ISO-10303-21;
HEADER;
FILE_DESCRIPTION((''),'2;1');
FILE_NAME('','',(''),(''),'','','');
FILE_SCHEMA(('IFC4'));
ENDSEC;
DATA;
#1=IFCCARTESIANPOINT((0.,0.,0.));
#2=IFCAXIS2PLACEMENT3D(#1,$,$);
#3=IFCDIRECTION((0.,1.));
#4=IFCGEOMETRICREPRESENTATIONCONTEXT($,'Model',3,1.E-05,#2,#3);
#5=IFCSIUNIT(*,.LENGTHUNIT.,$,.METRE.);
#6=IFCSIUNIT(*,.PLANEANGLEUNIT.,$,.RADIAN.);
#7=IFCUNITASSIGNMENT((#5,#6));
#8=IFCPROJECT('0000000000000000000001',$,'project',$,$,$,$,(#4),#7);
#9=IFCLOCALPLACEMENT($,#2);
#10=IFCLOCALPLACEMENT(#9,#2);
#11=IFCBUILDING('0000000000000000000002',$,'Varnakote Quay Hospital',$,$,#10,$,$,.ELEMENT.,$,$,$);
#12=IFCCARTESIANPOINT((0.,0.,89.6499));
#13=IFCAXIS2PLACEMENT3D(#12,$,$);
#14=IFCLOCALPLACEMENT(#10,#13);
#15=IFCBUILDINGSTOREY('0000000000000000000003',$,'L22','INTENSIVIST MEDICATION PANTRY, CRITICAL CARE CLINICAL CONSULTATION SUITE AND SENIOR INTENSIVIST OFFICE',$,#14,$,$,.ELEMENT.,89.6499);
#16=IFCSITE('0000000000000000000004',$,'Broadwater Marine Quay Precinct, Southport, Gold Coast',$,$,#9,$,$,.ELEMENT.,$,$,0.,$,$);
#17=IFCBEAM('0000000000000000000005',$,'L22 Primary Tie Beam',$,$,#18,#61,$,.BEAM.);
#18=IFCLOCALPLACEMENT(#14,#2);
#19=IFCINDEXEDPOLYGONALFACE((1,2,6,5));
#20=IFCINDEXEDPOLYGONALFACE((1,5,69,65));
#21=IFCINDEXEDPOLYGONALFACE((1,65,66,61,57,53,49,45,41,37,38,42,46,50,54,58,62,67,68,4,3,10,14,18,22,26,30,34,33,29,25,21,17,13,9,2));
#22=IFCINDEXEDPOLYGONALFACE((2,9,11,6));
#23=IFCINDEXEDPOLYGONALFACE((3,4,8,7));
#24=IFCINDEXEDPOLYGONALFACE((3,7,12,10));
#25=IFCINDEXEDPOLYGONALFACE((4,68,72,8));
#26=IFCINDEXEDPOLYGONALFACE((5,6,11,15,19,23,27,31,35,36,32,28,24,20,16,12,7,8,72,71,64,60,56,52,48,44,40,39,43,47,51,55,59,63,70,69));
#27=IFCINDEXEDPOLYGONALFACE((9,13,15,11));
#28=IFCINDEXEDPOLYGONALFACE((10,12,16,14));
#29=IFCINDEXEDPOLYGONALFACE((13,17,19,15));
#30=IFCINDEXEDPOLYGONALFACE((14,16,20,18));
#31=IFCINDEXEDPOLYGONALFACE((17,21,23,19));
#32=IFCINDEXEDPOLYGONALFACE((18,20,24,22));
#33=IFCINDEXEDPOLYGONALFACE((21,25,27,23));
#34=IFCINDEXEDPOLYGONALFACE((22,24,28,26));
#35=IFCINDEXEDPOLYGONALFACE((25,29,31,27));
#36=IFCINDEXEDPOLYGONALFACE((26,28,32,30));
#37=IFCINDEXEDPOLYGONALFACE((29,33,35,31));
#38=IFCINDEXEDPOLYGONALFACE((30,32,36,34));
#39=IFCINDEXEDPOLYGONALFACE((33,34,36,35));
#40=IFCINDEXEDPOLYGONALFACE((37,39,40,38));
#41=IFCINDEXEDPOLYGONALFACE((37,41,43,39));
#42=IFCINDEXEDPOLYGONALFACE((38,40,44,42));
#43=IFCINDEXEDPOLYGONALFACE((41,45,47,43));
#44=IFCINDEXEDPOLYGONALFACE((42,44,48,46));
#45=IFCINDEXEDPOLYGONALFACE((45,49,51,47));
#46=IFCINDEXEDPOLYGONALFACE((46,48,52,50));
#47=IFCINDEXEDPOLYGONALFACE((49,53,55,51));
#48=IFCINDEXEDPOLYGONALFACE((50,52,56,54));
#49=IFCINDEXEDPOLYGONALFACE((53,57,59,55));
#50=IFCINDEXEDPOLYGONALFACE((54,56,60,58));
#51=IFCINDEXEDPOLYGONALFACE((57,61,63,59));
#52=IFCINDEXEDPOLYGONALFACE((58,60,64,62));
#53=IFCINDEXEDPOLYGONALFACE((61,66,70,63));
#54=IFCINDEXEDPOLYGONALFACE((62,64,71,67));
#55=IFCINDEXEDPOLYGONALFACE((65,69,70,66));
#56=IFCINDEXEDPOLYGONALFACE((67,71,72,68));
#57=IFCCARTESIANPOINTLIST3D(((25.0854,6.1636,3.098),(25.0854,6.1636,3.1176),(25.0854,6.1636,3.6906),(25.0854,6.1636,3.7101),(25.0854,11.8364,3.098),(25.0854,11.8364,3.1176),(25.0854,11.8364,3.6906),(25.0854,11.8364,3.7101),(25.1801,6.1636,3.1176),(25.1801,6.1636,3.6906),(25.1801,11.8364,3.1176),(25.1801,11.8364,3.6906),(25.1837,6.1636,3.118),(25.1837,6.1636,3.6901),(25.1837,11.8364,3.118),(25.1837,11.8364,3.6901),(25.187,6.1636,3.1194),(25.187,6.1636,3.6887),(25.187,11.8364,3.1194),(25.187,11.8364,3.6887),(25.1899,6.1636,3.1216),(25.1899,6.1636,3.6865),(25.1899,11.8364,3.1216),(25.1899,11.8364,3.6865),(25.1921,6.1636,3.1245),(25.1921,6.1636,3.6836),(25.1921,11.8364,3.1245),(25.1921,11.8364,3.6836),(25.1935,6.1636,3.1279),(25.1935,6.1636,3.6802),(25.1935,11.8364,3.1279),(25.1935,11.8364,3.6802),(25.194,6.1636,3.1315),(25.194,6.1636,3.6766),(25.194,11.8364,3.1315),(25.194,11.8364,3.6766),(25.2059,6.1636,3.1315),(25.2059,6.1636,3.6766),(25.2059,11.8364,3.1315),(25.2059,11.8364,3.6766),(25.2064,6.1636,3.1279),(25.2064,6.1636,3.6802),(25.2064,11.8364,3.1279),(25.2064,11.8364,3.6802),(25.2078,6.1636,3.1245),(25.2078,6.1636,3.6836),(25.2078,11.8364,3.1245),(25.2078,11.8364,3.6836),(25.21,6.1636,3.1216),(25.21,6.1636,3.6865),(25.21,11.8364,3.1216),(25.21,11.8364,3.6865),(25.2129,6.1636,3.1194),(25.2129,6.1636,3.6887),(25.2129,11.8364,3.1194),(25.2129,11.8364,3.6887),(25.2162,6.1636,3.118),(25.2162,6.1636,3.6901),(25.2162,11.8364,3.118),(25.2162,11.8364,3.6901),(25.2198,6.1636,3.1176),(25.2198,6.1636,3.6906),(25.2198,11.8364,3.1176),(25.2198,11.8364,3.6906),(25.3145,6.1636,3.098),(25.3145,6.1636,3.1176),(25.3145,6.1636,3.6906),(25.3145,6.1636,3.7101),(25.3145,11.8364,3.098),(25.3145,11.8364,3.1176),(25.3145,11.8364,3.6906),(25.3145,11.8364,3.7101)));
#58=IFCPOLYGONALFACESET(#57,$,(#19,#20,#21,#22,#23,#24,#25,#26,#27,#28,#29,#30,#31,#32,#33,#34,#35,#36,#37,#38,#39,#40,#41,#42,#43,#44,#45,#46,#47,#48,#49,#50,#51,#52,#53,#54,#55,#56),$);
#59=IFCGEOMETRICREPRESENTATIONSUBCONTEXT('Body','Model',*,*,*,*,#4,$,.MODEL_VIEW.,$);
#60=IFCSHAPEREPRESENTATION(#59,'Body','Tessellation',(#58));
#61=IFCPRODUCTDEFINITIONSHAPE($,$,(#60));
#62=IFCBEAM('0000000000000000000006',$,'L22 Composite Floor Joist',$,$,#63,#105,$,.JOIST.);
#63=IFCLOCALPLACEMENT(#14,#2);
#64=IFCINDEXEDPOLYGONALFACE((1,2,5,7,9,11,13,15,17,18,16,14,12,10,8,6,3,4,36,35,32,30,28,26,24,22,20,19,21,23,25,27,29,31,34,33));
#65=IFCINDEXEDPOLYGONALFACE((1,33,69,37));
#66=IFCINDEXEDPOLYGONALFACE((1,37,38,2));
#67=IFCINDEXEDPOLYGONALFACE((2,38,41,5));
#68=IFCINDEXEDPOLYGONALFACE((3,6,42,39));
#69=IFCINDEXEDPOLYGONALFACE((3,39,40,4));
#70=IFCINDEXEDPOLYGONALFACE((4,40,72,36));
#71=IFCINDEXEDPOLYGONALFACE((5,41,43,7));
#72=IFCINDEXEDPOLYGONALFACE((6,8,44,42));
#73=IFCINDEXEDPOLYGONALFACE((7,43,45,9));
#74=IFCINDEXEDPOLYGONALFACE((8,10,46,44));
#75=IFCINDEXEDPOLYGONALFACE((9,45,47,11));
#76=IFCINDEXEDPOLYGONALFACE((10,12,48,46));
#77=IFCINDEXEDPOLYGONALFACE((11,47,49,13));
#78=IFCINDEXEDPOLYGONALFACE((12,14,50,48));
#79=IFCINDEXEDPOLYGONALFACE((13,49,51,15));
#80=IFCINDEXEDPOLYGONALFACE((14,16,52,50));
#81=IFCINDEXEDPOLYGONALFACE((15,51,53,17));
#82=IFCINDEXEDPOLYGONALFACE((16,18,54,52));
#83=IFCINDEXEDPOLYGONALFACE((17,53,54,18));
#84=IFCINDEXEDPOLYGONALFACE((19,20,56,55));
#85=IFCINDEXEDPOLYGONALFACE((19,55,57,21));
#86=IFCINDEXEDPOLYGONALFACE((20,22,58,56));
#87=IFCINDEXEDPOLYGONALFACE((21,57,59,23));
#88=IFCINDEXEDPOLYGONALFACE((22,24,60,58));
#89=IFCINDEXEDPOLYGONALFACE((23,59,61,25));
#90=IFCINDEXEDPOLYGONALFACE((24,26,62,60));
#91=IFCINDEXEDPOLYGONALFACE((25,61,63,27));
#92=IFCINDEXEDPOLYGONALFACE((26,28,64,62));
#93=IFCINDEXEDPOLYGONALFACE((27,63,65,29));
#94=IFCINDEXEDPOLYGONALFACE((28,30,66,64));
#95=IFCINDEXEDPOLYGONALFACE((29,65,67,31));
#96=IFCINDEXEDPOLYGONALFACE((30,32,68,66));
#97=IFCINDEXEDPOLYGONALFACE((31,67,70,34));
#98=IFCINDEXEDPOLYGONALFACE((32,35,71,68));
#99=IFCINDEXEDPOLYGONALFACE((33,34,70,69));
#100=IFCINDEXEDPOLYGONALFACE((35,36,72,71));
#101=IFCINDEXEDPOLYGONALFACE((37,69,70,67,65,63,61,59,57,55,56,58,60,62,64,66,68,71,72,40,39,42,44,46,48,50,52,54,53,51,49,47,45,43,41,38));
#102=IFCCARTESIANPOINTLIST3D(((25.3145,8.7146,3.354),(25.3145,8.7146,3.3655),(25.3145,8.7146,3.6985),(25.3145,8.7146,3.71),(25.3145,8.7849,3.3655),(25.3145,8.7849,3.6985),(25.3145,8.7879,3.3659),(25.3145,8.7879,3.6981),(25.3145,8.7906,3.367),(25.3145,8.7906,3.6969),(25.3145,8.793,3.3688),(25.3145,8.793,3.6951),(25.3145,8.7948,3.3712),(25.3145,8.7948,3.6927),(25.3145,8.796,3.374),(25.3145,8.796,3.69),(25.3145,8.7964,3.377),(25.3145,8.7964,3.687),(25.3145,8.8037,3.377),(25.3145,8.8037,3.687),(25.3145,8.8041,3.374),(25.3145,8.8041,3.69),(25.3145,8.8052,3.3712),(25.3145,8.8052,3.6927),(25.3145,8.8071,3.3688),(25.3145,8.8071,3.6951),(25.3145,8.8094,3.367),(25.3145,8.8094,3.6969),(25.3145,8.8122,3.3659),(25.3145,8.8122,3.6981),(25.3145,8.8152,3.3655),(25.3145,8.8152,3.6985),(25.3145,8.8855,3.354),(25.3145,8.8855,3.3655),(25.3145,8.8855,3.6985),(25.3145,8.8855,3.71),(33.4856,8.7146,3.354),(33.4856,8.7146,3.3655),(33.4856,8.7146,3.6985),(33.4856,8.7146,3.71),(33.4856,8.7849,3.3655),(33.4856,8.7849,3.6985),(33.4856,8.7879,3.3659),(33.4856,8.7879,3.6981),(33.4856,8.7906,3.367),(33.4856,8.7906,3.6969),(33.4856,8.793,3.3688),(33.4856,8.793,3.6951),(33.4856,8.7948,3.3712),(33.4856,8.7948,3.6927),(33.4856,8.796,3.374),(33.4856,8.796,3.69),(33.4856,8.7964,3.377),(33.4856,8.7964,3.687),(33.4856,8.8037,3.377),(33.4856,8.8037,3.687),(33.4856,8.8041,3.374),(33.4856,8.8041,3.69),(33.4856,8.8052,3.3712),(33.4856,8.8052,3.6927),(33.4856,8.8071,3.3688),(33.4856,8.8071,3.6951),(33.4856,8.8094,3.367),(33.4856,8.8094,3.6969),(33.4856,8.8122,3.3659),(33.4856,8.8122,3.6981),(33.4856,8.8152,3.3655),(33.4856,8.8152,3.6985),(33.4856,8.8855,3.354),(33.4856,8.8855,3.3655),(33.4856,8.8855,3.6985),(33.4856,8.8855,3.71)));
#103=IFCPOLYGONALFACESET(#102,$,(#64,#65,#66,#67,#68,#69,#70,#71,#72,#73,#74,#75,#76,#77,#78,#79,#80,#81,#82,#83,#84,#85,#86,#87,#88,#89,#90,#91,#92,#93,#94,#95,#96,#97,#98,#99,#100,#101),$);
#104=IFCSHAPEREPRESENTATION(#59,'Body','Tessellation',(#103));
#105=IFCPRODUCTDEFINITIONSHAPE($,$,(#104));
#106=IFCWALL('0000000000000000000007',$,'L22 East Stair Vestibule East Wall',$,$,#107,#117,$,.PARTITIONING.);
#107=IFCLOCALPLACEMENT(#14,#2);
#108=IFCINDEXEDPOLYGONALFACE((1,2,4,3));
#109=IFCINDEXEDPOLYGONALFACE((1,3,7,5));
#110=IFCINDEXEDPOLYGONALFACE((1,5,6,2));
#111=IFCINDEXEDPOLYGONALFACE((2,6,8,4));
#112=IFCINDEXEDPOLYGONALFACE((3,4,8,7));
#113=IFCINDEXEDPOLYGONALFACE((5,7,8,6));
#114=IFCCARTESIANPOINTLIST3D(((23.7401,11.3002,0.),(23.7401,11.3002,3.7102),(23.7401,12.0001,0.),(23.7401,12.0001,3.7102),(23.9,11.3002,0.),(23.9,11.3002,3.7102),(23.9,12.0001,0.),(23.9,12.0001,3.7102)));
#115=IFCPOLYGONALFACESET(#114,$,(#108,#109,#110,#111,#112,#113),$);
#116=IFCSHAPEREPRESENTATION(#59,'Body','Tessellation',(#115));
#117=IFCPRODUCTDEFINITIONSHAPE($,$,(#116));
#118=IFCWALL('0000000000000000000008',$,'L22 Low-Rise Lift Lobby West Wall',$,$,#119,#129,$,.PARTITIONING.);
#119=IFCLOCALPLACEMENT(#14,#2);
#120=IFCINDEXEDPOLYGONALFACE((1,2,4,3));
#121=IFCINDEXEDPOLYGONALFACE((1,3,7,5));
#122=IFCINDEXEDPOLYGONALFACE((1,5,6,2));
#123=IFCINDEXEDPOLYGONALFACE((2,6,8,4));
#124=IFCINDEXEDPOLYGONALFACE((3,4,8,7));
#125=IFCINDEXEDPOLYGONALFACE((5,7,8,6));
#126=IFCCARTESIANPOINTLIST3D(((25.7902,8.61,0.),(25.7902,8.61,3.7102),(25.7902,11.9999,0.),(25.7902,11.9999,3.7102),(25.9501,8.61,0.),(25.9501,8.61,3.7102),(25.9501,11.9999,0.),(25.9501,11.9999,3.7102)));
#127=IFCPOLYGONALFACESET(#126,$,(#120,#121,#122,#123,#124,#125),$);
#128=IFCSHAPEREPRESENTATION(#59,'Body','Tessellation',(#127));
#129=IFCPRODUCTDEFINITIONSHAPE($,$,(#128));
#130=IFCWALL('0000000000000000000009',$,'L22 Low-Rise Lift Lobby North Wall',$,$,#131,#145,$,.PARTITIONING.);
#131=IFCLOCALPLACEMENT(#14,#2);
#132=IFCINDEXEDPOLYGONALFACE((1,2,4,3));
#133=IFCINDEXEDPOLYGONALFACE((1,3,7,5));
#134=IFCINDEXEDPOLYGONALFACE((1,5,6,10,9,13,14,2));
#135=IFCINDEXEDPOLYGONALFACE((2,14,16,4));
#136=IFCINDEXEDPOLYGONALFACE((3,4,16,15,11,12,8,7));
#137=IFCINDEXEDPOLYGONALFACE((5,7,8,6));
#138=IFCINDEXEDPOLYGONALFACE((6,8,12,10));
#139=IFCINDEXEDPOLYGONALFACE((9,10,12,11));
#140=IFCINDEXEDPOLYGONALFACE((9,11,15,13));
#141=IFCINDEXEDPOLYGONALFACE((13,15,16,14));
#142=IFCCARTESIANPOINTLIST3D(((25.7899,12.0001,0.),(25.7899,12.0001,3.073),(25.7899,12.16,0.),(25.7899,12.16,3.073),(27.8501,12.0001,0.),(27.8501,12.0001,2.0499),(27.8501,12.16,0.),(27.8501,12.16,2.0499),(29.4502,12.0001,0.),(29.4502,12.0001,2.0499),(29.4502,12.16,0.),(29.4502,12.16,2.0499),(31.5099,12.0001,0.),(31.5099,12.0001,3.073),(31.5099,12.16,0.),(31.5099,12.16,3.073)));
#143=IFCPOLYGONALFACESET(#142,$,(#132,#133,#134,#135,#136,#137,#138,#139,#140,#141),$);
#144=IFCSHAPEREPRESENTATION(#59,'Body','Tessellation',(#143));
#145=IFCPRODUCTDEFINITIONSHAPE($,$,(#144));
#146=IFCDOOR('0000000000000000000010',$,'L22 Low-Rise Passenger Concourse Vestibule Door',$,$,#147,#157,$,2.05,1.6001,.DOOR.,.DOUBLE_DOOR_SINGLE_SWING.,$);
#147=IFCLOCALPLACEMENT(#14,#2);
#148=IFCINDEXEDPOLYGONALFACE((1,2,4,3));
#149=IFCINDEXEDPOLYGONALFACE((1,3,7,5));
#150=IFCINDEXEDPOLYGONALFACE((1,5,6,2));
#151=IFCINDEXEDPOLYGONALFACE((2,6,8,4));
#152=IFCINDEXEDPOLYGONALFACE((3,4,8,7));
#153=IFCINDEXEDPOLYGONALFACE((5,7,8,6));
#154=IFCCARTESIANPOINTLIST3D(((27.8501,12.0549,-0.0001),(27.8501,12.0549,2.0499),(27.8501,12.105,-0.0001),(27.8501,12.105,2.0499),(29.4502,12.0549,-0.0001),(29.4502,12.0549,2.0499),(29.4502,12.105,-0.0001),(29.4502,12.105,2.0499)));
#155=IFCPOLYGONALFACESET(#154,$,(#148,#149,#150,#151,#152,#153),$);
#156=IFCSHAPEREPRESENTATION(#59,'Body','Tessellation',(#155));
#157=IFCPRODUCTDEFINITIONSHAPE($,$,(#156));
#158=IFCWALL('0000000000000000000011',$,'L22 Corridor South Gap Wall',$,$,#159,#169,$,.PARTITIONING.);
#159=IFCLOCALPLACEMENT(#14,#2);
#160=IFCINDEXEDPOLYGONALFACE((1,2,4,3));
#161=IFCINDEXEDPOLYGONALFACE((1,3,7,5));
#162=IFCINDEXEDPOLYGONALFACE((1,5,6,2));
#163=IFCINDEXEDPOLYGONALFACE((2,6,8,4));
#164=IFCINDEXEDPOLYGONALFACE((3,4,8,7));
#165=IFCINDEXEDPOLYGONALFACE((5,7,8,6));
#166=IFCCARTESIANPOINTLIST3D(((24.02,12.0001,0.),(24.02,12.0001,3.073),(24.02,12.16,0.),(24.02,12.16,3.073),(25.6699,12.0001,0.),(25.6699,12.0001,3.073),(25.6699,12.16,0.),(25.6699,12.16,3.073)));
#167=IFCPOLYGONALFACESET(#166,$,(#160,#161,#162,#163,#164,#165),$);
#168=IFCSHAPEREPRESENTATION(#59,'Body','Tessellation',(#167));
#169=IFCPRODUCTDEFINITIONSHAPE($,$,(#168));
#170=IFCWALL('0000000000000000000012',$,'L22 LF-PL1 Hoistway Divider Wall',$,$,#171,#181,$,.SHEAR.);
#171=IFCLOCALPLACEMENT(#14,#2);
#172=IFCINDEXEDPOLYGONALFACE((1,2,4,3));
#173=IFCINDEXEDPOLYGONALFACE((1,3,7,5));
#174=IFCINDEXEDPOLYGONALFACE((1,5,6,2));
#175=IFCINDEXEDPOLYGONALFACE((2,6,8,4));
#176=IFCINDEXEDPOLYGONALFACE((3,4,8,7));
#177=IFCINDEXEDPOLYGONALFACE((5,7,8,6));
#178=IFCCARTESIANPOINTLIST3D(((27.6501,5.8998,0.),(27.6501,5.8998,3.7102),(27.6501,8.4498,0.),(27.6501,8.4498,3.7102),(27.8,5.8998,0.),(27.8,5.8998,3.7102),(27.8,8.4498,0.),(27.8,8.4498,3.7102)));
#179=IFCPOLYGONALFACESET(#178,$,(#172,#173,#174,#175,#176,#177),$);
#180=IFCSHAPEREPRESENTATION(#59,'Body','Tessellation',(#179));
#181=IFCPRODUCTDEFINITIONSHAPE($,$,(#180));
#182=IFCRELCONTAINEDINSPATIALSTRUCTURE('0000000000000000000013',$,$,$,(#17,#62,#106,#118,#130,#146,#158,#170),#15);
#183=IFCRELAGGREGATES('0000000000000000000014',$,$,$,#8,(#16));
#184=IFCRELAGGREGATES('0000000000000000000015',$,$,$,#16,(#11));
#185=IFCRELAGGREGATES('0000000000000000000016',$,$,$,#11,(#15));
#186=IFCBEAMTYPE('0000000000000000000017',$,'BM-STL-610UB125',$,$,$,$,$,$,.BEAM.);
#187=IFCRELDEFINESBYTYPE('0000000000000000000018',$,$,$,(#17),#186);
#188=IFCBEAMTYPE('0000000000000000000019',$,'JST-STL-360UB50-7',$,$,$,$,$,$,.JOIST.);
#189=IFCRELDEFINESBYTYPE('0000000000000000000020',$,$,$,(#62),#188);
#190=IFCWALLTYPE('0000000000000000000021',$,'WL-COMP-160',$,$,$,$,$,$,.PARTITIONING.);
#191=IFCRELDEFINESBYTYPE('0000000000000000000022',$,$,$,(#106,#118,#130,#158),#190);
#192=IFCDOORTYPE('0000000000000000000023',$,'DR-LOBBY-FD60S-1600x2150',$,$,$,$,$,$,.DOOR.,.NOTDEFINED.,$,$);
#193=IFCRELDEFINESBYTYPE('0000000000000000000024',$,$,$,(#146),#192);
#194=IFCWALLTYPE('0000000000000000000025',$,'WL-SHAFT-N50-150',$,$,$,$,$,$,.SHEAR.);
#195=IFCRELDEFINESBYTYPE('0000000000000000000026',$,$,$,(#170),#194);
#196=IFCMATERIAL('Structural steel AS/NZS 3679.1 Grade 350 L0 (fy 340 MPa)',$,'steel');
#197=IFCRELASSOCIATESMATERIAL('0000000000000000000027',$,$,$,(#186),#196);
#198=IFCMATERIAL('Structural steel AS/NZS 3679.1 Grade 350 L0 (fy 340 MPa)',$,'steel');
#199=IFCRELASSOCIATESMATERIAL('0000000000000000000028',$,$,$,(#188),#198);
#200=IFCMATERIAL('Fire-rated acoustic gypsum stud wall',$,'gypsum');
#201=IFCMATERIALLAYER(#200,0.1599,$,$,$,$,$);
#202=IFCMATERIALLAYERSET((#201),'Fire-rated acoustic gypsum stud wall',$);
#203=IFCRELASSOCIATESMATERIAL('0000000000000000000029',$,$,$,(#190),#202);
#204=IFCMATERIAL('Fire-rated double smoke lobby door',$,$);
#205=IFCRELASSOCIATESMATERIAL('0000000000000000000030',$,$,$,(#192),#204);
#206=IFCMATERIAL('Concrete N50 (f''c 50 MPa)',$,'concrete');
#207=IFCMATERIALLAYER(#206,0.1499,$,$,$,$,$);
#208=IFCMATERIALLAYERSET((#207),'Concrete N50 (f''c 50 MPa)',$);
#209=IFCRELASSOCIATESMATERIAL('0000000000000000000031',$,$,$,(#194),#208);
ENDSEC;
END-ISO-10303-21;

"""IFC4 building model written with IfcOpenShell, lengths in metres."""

from ifc_helpers import new_model, si_unit, direction, frame, frame_2d, origin, origin_2d, place, context, subcontext, project, spatial, rectangle, i_section, extrude, material, layer, layer_set, material_profile, profile_set, type_object, element, fill, save


model = new_model("IFC4")

# Units and contexts
model_context = context("Model", 3, precision=1e-05, world=origin(), true_north=direction((0.0, 1.0)))
body_context = subcontext(model_context, "Body", "Model", "MODEL_VIEW")
ifc_project = project(units=[si_unit("LENGTHUNIT", "METRE"), si_unit("PLANEANGLEUNIT", "RADIAN")], contexts=[model_context])

# Site, building, storey
site_placement = place(None, origin())
site = spatial("IfcSite", under=ifc_project, at=site_placement, Name="Broadwater Marine Quay Precinct, Southport, Gold Coast", CompositionType="ELEMENT", RefElevation=0.0)
building_placement = place(site_placement, origin())
building = spatial("IfcBuilding", under=site, at=building_placement, Name="Varnakote Quay Hospital", CompositionType="ELEMENT")
storey_placement = place(building_placement, frame((0.0, 0.0, 89.6499)))
storey = spatial("IfcBuildingStorey", under=building, at=storey_placement, Name="L22", Description="INTENSIVIST MEDICATION PANTRY, CRITICAL CARE CLINICAL CONSULTATION SUITE AND SENIOR INTENSIVIST OFFICE", CompositionType="ELEMENT", Elevation=89.6499)

# Beams
ifc_material_1 = material(Name="Structural steel AS/NZS 3679.1 Grade 350 L0 (fy 340 MPa)", Category="steel")
ifc_material_profile_1 = material_profile(ifc_material_1, i_section(OverallWidth=0.229, OverallDepth=0.6121, WebThickness=0.012, FlangeThickness=0.0195, FilletRadius=0.0139, at=origin_2d()), Name="610UB125")
ifc_profile_set_1 = profile_set([ifc_material_profile_1], Name="Structural steel AS/NZS 3679.1 Grade 350 L0 (fy 340 MPa)")
beam_type_1 = type_object("IfcBeamType", Name="BM-STL-610UB125", PredefinedType="BEAM", material=ifc_profile_set_1)
beam_1_placement = place(storey_placement, frame((25.2, 6.1636, 3.4041), z_axis=(0.0, 1.0, 0.0), x_axis=(-1.0, 0.0, 0.0)))
element("IfcBeam", 1, at=beam_1_placement, inside=storey, type_object=beam_type_1, Name="L22 Primary Tie Beam", PredefinedType="BEAM", context=body_context, shape_type="SweptSolid", body=[
    extrude(i_section(OverallWidth=0.229, OverallDepth=0.6121, WebThickness=0.012, FlangeThickness=0.0195, FilletRadius=0.0139, at=origin_2d()), origin(), (0.0, 0.0, 1.0), 5.6729),
])
ifc_material_2 = material(Name="Structural steel AS/NZS 3679.1 Grade 350 L0 (fy 340 MPa)", Category="steel")
ifc_material_profile_2 = material_profile(ifc_material_2, i_section(OverallWidth=0.1709, OverallDepth=0.356, WebThickness=0.0073, FlangeThickness=0.0115, FilletRadius=0.0115, at=origin_2d()), Name="360UB50.7")
ifc_profile_set_2 = profile_set([ifc_material_profile_2], Name="Structural steel AS/NZS 3679.1 Grade 350 L0 (fy 340 MPa)")
beam_type_2 = type_object("IfcBeamType", Name="JST-STL-360UB50-7", PredefinedType="JOIST", material=ifc_profile_set_2)
beam_2_placement = place(storey_placement, frame((25.3145, 8.8, 3.532), z_axis=(1.0, 0.0, 0.0), x_axis=(0.0, 1.0, 0.0)))
element("IfcBeam", 2, at=beam_2_placement, inside=storey, type_object=beam_type_2, Name="L22 Composite Floor Joist", PredefinedType="JOIST", context=body_context, shape_type="SweptSolid", body=[
    extrude(i_section(OverallWidth=0.1709, OverallDepth=0.356, WebThickness=0.0073, FlangeThickness=0.0115, FilletRadius=0.0115, at=origin_2d()), origin(), (0.0, 0.0, 1.0), 8.1711),
])

# Walls
ifc_material_3 = material(Name="Fire-rated acoustic gypsum stud wall", Category="gypsum")
ifc_layer_1 = layer(ifc_material_3, 0.1599)
ifc_layer_set_1 = layer_set([ifc_layer_1], Name="Fire-rated acoustic gypsum stud wall")
wall_type_1 = type_object("IfcWallType", Name="WL-COMP-160", PredefinedType="PARTITIONING", material=ifc_layer_set_1)
wall_1_placement = place(storey_placement, frame((23.8201, 11.3, 0.0), z_axis=(0.0, 0.0, 1.0), x_axis=(0.0, 1.0, 0.0)))
element("IfcWall", 3, at=wall_1_placement, inside=storey, type_object=wall_type_1, Name="L22 East Stair Vestibule East Wall", PredefinedType="PARTITIONING", context=body_context, shape_type="SweptSolid", body=[
    extrude(rectangle(XDim=0.7, YDim=0.1599, at=frame_2d((0.3501, 0.0))), origin(), (0.0, 0.0, 1.0), 3.7102),
])
wall_2_placement = place(storey_placement, frame((25.8701, 8.6101, 0.0), z_axis=(0.0, 0.0, 1.0), x_axis=(0.0, 1.0, 0.0)))
element("IfcWall", 4, at=wall_2_placement, inside=storey, type_object=wall_type_1, Name="L22 Low-Rise Lift Lobby West Wall", PredefinedType="PARTITIONING", context=body_context, shape_type="SweptSolid", body=[
    extrude(rectangle(XDim=3.3899, YDim=0.1599, at=frame_2d((1.6948, 0.0))), origin(), (0.0, 0.0, 1.0), 3.7102),
])

# Wall, opening, door
wall_3_placement = place(storey_placement, frame((25.79, 12.0801, 0.0), z_axis=(0.0, 0.0, 1.0), x_axis=(1.0, 0.0, 0.0)))
wall_3 = element("IfcWall", 5, at=wall_3_placement, inside=storey, type_object=wall_type_1, Name="L22 Low-Rise Lift Lobby North Wall", PredefinedType="PARTITIONING", context=body_context, shape_type="SweptSolid", body=[
    extrude(rectangle(XDim=5.72, YDim=0.1599, at=frame_2d((2.8599, 0.0))), origin(), (0.0, 0.0, 1.0), 3.073),
])
opening_1_placement = place(wall_3_placement, frame((2.0601, 0.0, 0.0)))
opening_1 = element("IfcOpeningElement", 6, at=opening_1_placement, cuts=wall_3, PredefinedType="OPENING", context=body_context, shape_type="SweptSolid", body=[
    extrude(rectangle(XDim=1.6001, YDim=2.05, at=frame_2d((0.8, 1.0249))), frame((0.0, 0.0898, 0.0), z_axis=(0.0, -1.0, 0.0), x_axis=(1.0, 0.0, 0.0)), (0.0, 0.0, 1.0), 0.1799),
])
ifc_material_4 = material(Name="Fire-rated double smoke lobby door")
door_type_1 = type_object("IfcDoorType", Name="DR-LOBBY-FD60S-1600x2150", OperationType="NOTDEFINED", PredefinedType="DOOR", material=ifc_material_4)
door_1_placement = place(opening_1_placement, origin())
door_1 = element("IfcDoor", 7, at=door_1_placement, inside=storey, type_object=door_type_1, Name="L22 Low-Rise Passenger Concourse Vestibule Door", OperationType="DOUBLE_DOOR_SINGLE_SWING", OverallHeight=2.05, OverallWidth=1.6001, PredefinedType="DOOR", context=body_context, shape_type="SweptSolid", body=[
    extrude(rectangle(XDim=1.6001, YDim=2.05, at=frame_2d((0.8, 1.0249))), frame((0.0, 0.0249, 0.0), z_axis=(0.0, -1.0, 0.0), x_axis=(1.0, 0.0, 0.0)), (0.0, 0.0, 1.0), 0.05),
])
fill(opening_1, door_1)

# Walls
wall_4_placement = place(storey_placement, frame((24.02, 12.0801, 0.0), z_axis=(0.0, 0.0, 1.0), x_axis=(1.0, 0.0, 0.0)))
element("IfcWall", 8, at=wall_4_placement, inside=storey, type_object=wall_type_1, Name="L22 Corridor South Gap Wall", PredefinedType="PARTITIONING", context=body_context, shape_type="SweptSolid", body=[
    extrude(rectangle(XDim=1.6499, YDim=0.1599, at=frame_2d((0.825, 0.0))), origin(), (0.0, 0.0, 1.0), 3.073),
])
ifc_material_5 = material(Name="Concrete N50 (f'c 50 MPa)", Category="concrete")
ifc_layer_2 = layer(ifc_material_5, 0.1499)
ifc_layer_set_2 = layer_set([ifc_layer_2], Name="Concrete N50 (f'c 50 MPa)")
wall_type_2 = type_object("IfcWallType", Name="WL-SHAFT-N50-150", PredefinedType="SHEAR", material=ifc_layer_set_2)
wall_5_placement = place(storey_placement, frame((27.7251, 5.8999, 0.0), z_axis=(0.0, 0.0, 1.0), x_axis=(0.0, 1.0, 0.0)))
element("IfcWall", 9, at=wall_5_placement, inside=storey, type_object=wall_type_2, Name="L22 LF-PL1 Hoistway Divider Wall", PredefinedType="SHEAR", context=body_context, shape_type="SweptSolid", body=[
    extrude(rectangle(XDim=2.55, YDim=0.1499, at=frame_2d((1.2749, 0.0))), origin(), (0.0, 0.0, 1.0), 3.7102),
])

save(model, "model.ifc")
